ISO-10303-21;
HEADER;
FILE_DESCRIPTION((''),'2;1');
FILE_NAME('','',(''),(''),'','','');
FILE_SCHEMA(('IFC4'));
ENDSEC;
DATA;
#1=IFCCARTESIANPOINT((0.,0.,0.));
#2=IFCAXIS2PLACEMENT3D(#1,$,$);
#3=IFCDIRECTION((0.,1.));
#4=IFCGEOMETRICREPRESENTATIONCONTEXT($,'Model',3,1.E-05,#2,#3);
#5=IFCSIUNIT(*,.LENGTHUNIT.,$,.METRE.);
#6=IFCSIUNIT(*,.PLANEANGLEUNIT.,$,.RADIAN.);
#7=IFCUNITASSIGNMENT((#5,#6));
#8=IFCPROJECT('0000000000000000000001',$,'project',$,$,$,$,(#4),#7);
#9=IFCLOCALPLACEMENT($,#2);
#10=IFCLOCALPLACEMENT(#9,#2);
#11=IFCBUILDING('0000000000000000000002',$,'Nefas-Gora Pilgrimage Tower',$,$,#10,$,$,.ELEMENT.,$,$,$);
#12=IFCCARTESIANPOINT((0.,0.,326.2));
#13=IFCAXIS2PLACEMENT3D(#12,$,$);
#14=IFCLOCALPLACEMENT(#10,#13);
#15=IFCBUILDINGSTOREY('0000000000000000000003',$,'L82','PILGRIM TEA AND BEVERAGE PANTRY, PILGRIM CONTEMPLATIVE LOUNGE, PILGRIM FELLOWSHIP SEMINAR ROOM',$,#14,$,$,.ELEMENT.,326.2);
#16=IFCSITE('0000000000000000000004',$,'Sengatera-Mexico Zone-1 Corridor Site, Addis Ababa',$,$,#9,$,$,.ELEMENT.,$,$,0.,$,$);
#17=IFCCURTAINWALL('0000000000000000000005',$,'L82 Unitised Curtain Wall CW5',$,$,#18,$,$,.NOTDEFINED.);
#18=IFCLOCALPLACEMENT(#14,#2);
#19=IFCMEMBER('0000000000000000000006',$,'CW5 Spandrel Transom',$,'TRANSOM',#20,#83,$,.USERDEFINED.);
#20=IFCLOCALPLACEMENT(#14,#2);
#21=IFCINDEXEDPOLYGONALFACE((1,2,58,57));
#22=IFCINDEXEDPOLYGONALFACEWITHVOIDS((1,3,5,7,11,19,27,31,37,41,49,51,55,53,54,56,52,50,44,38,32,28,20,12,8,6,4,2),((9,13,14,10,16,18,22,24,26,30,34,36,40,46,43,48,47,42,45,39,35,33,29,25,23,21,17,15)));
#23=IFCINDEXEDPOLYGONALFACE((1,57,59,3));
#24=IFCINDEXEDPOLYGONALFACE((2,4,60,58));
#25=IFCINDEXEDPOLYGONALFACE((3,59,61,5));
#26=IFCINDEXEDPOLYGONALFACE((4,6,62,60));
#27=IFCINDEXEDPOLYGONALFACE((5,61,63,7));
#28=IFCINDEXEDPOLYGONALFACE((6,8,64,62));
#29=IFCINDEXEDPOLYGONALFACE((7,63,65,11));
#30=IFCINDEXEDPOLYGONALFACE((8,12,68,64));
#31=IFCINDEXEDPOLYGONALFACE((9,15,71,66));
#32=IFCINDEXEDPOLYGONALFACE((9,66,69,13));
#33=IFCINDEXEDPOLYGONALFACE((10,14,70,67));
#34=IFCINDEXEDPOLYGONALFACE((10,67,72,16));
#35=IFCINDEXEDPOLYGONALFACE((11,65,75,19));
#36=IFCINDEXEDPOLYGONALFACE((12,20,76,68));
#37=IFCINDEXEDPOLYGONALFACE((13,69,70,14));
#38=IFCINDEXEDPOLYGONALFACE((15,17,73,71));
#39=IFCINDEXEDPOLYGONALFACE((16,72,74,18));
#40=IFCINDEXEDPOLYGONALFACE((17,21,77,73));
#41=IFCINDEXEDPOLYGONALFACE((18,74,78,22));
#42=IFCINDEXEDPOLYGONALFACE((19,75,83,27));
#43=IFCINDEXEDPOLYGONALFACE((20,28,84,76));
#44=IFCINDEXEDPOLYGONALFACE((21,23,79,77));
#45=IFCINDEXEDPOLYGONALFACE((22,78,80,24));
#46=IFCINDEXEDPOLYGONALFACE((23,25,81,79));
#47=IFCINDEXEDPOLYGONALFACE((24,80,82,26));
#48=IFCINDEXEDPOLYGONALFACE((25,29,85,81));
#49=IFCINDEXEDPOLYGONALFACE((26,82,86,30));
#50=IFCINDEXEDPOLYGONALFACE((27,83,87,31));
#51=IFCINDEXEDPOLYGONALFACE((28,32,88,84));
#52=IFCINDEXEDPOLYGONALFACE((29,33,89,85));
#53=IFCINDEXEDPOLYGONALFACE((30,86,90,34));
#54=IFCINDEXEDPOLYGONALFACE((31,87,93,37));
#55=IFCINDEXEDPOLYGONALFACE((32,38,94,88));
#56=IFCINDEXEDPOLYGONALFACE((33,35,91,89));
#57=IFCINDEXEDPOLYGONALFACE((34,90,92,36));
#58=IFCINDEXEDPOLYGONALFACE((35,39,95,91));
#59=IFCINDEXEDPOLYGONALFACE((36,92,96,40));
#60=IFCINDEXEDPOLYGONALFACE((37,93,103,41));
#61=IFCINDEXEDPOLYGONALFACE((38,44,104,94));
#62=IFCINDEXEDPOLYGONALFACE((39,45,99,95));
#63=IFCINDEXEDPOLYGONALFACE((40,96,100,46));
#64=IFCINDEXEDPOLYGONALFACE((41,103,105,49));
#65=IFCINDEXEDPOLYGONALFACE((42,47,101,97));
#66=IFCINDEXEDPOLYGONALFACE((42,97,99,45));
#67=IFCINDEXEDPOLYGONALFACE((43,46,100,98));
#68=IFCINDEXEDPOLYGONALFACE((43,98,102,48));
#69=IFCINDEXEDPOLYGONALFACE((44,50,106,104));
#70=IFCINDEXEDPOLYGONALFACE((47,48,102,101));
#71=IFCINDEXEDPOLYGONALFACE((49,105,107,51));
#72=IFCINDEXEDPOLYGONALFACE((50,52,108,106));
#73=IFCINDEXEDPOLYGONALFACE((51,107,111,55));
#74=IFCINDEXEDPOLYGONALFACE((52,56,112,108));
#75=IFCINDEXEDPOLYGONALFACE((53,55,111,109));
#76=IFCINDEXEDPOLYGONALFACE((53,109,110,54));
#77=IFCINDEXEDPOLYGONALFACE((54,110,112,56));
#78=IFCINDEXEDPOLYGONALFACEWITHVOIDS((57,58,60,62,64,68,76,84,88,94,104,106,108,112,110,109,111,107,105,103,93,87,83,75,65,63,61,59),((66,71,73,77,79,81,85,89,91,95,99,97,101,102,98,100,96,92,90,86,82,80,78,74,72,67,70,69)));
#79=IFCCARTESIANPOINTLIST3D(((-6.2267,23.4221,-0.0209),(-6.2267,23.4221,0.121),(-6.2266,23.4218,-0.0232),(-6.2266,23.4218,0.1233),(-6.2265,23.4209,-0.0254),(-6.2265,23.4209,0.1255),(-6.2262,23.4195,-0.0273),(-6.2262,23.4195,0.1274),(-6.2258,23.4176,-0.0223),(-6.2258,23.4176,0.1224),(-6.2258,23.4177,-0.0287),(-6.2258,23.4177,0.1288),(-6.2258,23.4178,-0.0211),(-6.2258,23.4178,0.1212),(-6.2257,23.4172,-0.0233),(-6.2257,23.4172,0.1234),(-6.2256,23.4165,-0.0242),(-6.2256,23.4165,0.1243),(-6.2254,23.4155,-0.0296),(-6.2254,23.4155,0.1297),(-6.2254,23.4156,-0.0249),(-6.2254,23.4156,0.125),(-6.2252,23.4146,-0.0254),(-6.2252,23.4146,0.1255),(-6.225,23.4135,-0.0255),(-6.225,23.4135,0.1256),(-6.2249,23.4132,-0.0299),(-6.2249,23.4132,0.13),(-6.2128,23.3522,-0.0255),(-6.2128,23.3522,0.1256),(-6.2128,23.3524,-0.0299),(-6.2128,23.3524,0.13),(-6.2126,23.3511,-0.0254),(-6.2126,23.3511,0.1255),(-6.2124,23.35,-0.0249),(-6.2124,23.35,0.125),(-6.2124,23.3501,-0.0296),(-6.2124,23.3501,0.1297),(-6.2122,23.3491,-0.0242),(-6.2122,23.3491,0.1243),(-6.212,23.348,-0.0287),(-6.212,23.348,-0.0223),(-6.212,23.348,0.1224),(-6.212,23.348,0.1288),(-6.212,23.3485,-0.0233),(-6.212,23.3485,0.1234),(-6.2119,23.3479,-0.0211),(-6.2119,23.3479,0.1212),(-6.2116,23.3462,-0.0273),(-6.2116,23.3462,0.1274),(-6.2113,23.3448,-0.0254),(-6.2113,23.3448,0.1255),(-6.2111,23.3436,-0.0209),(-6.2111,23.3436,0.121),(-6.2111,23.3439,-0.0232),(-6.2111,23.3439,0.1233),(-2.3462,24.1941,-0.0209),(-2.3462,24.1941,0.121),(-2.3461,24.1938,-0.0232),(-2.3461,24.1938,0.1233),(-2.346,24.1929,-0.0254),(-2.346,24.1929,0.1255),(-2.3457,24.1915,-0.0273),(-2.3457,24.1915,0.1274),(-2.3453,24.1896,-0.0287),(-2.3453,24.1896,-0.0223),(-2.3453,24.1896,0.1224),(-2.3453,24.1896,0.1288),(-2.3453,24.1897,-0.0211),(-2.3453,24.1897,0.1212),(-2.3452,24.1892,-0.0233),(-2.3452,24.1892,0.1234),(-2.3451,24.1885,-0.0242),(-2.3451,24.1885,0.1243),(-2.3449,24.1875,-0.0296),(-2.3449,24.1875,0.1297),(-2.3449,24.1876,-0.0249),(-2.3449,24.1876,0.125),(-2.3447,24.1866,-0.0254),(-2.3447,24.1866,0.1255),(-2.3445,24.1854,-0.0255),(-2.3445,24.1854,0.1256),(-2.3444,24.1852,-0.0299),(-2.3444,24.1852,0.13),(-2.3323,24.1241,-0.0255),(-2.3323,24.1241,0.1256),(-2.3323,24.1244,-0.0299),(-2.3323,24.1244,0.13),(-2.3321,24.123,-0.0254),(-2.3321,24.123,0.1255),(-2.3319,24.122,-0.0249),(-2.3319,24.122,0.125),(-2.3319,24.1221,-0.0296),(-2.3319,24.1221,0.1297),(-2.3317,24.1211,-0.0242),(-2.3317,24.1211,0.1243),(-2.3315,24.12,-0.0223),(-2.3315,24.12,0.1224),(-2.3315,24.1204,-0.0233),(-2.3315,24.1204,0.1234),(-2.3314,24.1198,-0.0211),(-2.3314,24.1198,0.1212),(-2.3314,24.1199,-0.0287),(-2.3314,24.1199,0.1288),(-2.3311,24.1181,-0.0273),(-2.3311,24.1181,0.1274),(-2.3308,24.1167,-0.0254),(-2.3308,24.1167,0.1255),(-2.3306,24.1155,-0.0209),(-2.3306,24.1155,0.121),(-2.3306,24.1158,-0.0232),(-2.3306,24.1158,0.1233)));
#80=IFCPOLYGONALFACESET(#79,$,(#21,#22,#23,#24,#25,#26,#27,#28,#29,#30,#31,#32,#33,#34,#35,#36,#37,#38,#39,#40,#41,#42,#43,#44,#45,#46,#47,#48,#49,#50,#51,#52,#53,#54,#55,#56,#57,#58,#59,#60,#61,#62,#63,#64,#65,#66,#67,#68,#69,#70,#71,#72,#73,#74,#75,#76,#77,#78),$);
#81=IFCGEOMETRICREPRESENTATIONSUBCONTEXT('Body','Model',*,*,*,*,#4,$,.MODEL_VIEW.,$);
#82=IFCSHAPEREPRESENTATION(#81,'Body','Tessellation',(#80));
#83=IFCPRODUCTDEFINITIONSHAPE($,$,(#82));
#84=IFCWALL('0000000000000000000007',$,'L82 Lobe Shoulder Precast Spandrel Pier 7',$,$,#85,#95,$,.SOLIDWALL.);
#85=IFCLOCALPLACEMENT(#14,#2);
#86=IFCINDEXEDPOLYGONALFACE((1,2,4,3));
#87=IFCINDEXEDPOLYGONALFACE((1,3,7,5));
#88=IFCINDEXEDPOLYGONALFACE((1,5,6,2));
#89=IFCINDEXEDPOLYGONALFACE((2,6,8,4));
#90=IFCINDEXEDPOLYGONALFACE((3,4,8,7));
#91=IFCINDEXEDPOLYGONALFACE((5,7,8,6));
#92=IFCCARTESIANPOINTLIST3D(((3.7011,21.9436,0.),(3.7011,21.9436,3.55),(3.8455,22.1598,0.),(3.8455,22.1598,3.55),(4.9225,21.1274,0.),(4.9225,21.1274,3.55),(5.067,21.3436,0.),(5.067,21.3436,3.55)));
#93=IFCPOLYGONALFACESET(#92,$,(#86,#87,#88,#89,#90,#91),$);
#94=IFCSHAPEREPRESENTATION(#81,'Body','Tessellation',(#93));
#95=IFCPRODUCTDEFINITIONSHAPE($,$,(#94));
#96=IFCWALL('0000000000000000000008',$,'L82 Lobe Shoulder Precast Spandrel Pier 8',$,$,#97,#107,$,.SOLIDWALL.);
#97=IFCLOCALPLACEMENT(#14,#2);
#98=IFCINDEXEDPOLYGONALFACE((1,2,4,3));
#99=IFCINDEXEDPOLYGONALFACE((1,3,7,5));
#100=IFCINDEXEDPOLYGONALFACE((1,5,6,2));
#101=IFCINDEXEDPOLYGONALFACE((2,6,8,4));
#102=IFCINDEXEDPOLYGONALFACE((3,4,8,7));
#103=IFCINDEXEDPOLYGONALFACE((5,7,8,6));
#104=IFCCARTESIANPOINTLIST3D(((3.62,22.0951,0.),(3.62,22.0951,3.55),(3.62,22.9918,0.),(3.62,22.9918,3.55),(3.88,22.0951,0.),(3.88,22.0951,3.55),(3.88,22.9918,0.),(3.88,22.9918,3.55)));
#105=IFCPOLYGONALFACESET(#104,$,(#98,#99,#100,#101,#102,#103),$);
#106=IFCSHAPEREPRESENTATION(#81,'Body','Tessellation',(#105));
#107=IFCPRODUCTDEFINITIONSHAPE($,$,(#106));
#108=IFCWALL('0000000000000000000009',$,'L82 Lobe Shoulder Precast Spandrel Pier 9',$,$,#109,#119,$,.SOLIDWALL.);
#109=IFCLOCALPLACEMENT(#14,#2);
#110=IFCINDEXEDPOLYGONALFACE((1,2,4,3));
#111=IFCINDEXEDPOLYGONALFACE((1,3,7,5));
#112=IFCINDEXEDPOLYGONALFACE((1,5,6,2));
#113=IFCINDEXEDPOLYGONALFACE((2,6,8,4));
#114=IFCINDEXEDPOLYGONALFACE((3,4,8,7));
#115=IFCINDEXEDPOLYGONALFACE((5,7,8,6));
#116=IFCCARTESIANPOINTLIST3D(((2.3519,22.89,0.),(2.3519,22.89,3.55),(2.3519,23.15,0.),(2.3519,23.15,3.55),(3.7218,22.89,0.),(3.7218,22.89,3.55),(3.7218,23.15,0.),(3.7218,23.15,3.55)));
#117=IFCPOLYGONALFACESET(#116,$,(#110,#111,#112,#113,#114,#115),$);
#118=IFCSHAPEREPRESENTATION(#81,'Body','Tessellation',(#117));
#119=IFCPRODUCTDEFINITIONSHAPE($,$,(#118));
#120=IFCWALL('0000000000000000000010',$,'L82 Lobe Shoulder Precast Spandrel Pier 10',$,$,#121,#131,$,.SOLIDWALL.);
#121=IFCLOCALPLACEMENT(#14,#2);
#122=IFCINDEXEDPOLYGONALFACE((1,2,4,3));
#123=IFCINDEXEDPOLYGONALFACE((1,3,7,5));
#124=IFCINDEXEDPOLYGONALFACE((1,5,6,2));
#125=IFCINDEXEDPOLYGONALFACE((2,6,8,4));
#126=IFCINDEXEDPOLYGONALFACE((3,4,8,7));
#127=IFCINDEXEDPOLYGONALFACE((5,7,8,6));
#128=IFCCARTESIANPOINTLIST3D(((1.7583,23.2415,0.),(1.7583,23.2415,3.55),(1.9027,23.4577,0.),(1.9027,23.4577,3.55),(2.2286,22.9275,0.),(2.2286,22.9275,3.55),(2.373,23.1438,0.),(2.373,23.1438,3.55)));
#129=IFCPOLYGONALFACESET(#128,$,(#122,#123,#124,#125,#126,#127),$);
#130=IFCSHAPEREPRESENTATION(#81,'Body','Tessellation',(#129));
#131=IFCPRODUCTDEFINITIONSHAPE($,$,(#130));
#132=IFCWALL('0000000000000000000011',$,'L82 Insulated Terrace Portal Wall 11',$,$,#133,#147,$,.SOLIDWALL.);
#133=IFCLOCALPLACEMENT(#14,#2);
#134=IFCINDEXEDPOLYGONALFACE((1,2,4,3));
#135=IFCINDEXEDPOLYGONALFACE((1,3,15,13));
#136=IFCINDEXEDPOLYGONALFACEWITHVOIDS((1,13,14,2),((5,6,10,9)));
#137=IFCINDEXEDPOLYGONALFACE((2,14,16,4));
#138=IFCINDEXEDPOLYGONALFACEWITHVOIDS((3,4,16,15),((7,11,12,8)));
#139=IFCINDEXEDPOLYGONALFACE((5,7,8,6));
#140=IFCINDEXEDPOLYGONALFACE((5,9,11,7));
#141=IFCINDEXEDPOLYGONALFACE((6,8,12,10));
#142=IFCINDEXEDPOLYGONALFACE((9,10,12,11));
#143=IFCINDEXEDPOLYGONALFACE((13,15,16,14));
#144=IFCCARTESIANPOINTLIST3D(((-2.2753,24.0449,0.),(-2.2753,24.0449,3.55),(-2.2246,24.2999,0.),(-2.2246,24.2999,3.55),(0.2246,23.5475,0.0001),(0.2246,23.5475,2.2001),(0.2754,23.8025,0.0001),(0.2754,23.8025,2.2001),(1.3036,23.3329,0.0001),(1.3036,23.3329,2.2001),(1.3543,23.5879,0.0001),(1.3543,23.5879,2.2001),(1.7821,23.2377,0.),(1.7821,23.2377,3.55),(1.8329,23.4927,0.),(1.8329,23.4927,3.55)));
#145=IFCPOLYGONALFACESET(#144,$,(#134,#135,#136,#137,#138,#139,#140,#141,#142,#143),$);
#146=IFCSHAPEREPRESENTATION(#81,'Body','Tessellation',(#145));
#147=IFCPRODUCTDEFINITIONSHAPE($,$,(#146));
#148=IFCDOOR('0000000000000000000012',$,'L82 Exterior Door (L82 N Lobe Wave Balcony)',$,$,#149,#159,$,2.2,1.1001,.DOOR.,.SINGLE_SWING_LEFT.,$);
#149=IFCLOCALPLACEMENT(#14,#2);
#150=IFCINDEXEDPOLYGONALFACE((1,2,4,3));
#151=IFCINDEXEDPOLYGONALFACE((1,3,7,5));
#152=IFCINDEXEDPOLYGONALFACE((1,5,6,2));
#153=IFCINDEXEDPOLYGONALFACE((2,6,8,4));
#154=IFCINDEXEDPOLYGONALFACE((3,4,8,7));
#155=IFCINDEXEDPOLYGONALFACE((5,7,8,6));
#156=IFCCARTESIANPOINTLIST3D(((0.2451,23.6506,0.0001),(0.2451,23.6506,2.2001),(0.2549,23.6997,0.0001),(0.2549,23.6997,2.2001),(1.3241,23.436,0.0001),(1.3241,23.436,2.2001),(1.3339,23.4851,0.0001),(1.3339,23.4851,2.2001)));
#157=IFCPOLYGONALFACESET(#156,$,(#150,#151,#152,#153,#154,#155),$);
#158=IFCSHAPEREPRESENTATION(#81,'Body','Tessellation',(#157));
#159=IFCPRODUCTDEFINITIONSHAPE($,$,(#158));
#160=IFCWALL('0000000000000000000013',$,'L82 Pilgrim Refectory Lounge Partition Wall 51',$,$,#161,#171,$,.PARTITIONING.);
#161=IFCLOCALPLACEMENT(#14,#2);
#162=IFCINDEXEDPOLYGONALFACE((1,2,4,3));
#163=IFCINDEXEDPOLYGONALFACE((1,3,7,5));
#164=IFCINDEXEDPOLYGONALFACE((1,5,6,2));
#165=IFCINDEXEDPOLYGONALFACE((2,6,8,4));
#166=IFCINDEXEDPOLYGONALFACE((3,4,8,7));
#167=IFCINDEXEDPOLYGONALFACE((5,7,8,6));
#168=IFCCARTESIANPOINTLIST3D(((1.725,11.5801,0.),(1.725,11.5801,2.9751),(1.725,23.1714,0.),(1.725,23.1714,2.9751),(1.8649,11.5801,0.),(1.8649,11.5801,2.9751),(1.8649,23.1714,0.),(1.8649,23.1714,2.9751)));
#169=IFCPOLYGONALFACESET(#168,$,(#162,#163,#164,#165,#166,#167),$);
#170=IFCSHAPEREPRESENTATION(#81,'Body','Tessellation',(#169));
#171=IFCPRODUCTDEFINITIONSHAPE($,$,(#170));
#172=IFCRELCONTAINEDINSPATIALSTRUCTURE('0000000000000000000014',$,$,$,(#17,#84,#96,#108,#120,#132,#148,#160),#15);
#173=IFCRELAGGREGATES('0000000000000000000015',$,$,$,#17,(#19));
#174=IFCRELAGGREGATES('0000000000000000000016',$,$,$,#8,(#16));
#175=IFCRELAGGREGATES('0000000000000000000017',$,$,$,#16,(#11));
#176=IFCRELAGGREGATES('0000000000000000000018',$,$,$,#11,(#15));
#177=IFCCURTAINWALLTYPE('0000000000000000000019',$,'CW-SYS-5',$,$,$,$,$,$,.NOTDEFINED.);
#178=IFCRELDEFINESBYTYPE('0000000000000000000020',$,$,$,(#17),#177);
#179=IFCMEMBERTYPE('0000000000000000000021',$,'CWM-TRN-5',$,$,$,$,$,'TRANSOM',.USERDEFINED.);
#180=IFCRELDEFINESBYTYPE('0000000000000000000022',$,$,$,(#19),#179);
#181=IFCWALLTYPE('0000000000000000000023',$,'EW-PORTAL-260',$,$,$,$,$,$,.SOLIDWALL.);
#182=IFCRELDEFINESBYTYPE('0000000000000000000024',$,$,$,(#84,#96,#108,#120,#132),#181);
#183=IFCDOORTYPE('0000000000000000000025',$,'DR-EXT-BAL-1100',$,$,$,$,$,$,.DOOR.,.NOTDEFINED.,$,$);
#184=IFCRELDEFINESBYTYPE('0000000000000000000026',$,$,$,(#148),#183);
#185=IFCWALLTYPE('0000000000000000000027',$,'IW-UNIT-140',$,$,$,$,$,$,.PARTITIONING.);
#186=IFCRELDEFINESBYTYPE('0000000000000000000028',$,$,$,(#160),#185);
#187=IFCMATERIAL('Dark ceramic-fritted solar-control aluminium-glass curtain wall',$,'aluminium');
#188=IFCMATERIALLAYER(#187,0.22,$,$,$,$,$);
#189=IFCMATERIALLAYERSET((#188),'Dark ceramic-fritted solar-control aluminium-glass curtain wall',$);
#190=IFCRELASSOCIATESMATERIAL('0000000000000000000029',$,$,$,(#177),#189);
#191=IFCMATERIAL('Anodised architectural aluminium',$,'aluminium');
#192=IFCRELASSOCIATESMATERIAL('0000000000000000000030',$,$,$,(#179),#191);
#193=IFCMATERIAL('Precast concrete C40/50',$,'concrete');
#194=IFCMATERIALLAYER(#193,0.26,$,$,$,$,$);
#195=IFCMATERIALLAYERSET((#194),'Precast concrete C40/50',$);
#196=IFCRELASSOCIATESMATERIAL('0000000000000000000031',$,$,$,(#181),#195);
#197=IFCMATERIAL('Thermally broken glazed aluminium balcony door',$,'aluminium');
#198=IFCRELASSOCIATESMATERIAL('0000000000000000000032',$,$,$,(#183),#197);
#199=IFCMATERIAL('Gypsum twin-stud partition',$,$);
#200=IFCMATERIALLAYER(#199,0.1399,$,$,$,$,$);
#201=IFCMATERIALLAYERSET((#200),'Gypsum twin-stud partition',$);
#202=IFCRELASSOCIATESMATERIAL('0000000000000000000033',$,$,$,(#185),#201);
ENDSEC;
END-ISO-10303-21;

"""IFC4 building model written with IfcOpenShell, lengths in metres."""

from ifc_helpers import new_model, si_unit, direction, frame, frame_2d, origin, origin_2d, place, context, subcontext, project, spatial, rectangle, hollow_rectangle, extrude, source, transform, mapped, material, layer, layer_set, material_profile, profile_set, type_object, element, fill, aggregate, save


model = new_model("IFC4")

# Units and contexts
model_context = context("Model", 3, precision=1e-05, world=origin(), true_north=direction((0.0, 1.0)))
body_context = subcontext(model_context, "Body", "Model", "MODEL_VIEW")
ifc_project = project(units=[si_unit("LENGTHUNIT", "METRE"), si_unit("PLANEANGLEUNIT", "RADIAN")], contexts=[model_context])

# Site, building, storey
site_placement = place(None, origin())
site = spatial("IfcSite", under=ifc_project, at=site_placement, Name="Sengatera-Mexico Zone-1 Corridor Site, Addis Ababa", CompositionType="ELEMENT", RefElevation=0.0)
building_placement = place(site_placement, origin())
building = spatial("IfcBuilding", under=site, at=building_placement, Name="Nefas-Gora Pilgrimage Tower", CompositionType="ELEMENT")
storey_placement = place(building_placement, frame((0.0, 0.0, 326.2)))
storey = spatial("IfcBuildingStorey", under=building, at=storey_placement, Name="L82", Description="PILGRIM TEA AND BEVERAGE PANTRY, PILGRIM CONTEMPLATIVE LOUNGE, PILGRIM FELLOWSHIP SEMINAR ROOM", CompositionType="ELEMENT", Elevation=326.2)

# Shared definitions
ifc_material_1 = material(Name="Dark ceramic-fritted solar-control aluminium-glass curtain wall", Category="aluminium")
ifc_layer_1 = layer(ifc_material_1, 0.22)
ifc_layer_set_1 = layer_set([ifc_layer_1], Name="Dark ceramic-fritted solar-control aluminium-glass curtain wall")
curtain_wall_type = type_object("IfcCurtainWallType", Name="CW-SYS-5", PredefinedType="NOTDEFINED", material=ifc_layer_set_1)
ifc_material_2 = material(Name="Anodised architectural aluminium", Category="aluminium")

# Curtain wall, member
curtain_wall_1_placement = place(storey_placement, origin())
curtain_wall_1 = element("IfcCurtainWall", 1, at=curtain_wall_1_placement, inside=storey, type_object=curtain_wall_type, Name="L82 Unitised Curtain Wall CW5", PredefinedType="NOTDEFINED")
ifc_material_profile_1 = material_profile(ifc_material_2, hollow_rectangle(XDim=0.0801, YDim=0.1599, WallThickness=0.0044, InnerFilletRadius=0.0044, OuterFilletRadius=0.009, at=origin_2d()), Name="ALU TRANSOM 80x160")
ifc_profile_set_1 = profile_set([ifc_material_profile_1], Name="Anodised architectural aluminium")
member_type_1 = type_object("IfcMemberType", Name="CWM-TRN-5", ElementType="TRANSOM", PredefinedType="USERDEFINED", material=ifc_profile_set_1)
shared_shape_1 = source(origin(), body_context, "Body", "SweptSolid", [
    extrude(hollow_rectangle(XDim=0.0801, YDim=0.1599, WallThickness=0.0044, InnerFilletRadius=0.0044, OuterFilletRadius=0.009, at=origin_2d()), origin(), (0.0, 0.0, 1.0), 3.9565),
])
member_1_placement = place(storey_placement, frame((-2.3384, 24.1548, 0.05), z_axis=(-0.980782, -0.195107, 0.0), x_axis=(0.195107, -0.980782, 0.0)))
member_1 = element("IfcMember", 2, at=member_1_placement, type_object=member_type_1, Name="CW5 Spandrel Transom", ObjectType="TRANSOM", PredefinedType="USERDEFINED", context=body_context, shape_type="MappedRepresentation", body=[
    mapped(shared_shape_1, transform((0.0, 0.0, 0.0), x_axis=(1.0, 0.0, 0.0), y_axis=(0.0, 1.0, 0.0), z_axis=(0.0, 0.0, 1.0), scale=1.0)),
])
aggregate(curtain_wall_1, [member_1])

# Walls
ifc_material_3 = material(Name="Precast concrete C40/50", Category="concrete")
ifc_layer_2 = layer(ifc_material_3, 0.26)
ifc_layer_set_2 = layer_set([ifc_layer_2], Name="Precast concrete C40/50")
wall_type_1 = type_object("IfcWallType", Name="EW-PORTAL-260", PredefinedType="SOLIDWALL", material=ifc_layer_set_2)
shared_shape_2 = source(origin(), body_context, "Body", "SweptSolid", [
    extrude(rectangle(XDim=1.469, YDim=0.26, at=frame_2d((0.7344, 0.0))), origin(), (0.0, 0.0, 1.0), 3.55),
])
wall_1_placement = place(storey_placement, frame((4.9946, 21.2356, 0.0), z_axis=(0.0, 0.0, 1.0), x_axis=(-0.831462, 0.555582, 0.0)))
element("IfcWall", 3, at=wall_1_placement, inside=storey, type_object=wall_type_1, Name="L82 Lobe Shoulder Precast Spandrel Pier 7", PredefinedType="SOLIDWALL", context=body_context, shape_type="MappedRepresentation", body=[
    mapped(shared_shape_2, transform((0.0, 0.0, 0.0), x_axis=(1.0, 0.0, 0.0), y_axis=(0.0, 1.0, 0.0), z_axis=(0.0, 0.0, 1.0), scale=1.0)),
])
shared_shape_3 = source(origin(), body_context, "Body", "SweptSolid", [
    extrude(rectangle(XDim=0.8967, YDim=0.26, at=frame_2d((0.4482, 0.0))), origin(), (0.0, 0.0, 1.0), 3.55),
])
wall_2_placement = place(storey_placement, frame((3.75, 22.0952, 0.0), z_axis=(0.0, 0.0, 1.0), x_axis=(0.0, 1.0, 0.0)))
element("IfcWall", 4, at=wall_2_placement, inside=storey, type_object=wall_type_1, Name="L82 Lobe Shoulder Precast Spandrel Pier 8", PredefinedType="SOLIDWALL", context=body_context, shape_type="MappedRepresentation", body=[
    mapped(shared_shape_3, transform((0.0, 0.0, 0.0), x_axis=(1.0, 0.0, 0.0), y_axis=(0.0, 1.0, 0.0), z_axis=(0.0, 0.0, 1.0), scale=1.0)),
])
shared_shape_4 = source(origin(), body_context, "Body", "SweptSolid", [
    extrude(rectangle(XDim=1.3699, YDim=0.26, at=frame_2d((0.6851, 0.0))), origin(), (0.0, 0.0, 1.0), 3.55),
])
wall_3_placement = place(storey_placement, frame((3.7219, 23.02, 0.0), z_axis=(0.0, 0.0, 1.0), x_axis=(-1.0, 0.0, 0.0)))
element("IfcWall", 5, at=wall_3_placement, inside=storey, type_object=wall_type_1, Name="L82 Lobe Shoulder Precast Spandrel Pier 9", PredefinedType="SOLIDWALL", context=body_context, shape_type="MappedRepresentation", body=[
    mapped(shared_shape_4, transform((0.0, 0.0, 0.0), x_axis=(1.0, 0.0, 0.0), y_axis=(0.0, 1.0, 0.0), z_axis=(0.0, 0.0, 1.0), scale=1.0)),
])
shared_shape_5 = source(origin(), body_context, "Body", "SweptSolid", [
    extrude(rectangle(XDim=0.5654, YDim=0.26, at=frame_2d((0.2827, 0.0))), origin(), (0.0, 0.0, 1.0), 3.55),
])
wall_4_placement = place(storey_placement, frame((2.3008, 23.0356, 0.0), z_axis=(0.0, 0.0, 1.0), x_axis=(-0.831651, 0.555298, 0.0)))
element("IfcWall", 6, at=wall_4_placement, inside=storey, type_object=wall_type_1, Name="L82 Lobe Shoulder Precast Spandrel Pier 10", PredefinedType="SOLIDWALL", context=body_context, shape_type="MappedRepresentation", body=[
    mapped(shared_shape_5, transform((0.0, 0.0, 0.0), x_axis=(1.0, 0.0, 0.0), y_axis=(0.0, 1.0, 0.0), z_axis=(0.0, 0.0, 1.0), scale=1.0)),
])

# Wall, opening, door
shared_shape_6 = source(origin(), body_context, "Body", "SweptSolid", [
    extrude(rectangle(XDim=4.137, YDim=0.26, at=frame_2d((2.0684, 0.0))), origin(), (0.0, 0.0, 1.0), 3.55),
])
wall_5_placement = place(storey_placement, frame((1.8074, 23.3652, 0.0), z_axis=(0.0, 0.0, 1.0), x_axis=(-0.980782, 0.195106, 0.0)))
wall_5 = element("IfcWall", 7, at=wall_5_placement, inside=storey, type_object=wall_type_1, Name="L82 Insulated Terrace Portal Wall 11", PredefinedType="SOLIDWALL", context=body_context, shape_type="MappedRepresentation", body=[
    mapped(shared_shape_6, transform((0.0, 0.0, 0.0), x_axis=(1.0, 0.0, 0.0), y_axis=(0.0, 1.0, 0.0), z_axis=(0.0, 0.0, 1.0), scale=1.0)),
])
opening_placement = place(wall_5_placement, frame((0.4878, 0.0, 0.0)))
opening = element("IfcOpeningElement", 8, at=opening_placement, cuts=wall_5, PredefinedType="OPENING", context=body_context, shape_type="SweptSolid", body=[
    extrude(rectangle(XDim=1.1001, YDim=2.2, at=frame_2d((0.55, 1.1001))), frame((0.0, 0.1399, 0.0), z_axis=(0.0, -1.0, 0.0), x_axis=(1.0, 0.0, 0.0)), (0.0, 0.0, 1.0), 0.28),
])
ifc_material_4 = material(Name="Thermally broken glazed aluminium balcony door", Category="aluminium")
door_type = type_object("IfcDoorType", Name="DR-EXT-BAL-1100", OperationType="NOTDEFINED", PredefinedType="DOOR", material=ifc_material_4)
shared_shape_7 = source(origin(), body_context, "Body", "SweptSolid", [
    extrude(rectangle(XDim=1.1001, YDim=2.2, at=frame_2d((0.55, 1.1001))), frame((0.0, 0.0249, 0.0), z_axis=(0.0, -1.0, 0.0), x_axis=(1.0, 0.0, 0.0)), (0.0, 0.0, 1.0), 0.05),
])
door_placement = place(opening_placement, origin())
door = element("IfcDoor", 9, at=door_placement, inside=storey, type_object=door_type, Name="L82 Exterior Door (L82 N Lobe Wave Balcony)", OperationType="SINGLE_SWING_LEFT", OverallHeight=2.2, OverallWidth=1.1001, PredefinedType="DOOR", context=body_context, shape_type="MappedRepresentation", body=[
    mapped(shared_shape_7, transform((0.0, 0.0, 0.0), x_axis=(1.0, 0.0, 0.0), y_axis=(0.0, 1.0, 0.0), z_axis=(0.0, 0.0, 1.0), scale=1.0)),
])
fill(opening, door)

# Wall
ifc_material_5 = material(Name="Gypsum twin-stud partition")
ifc_layer_3 = layer(ifc_material_5, 0.1399)
ifc_layer_set_3 = layer_set([ifc_layer_3], Name="Gypsum twin-stud partition")
wall_type_2 = type_object("IfcWallType", Name="IW-UNIT-140", PredefinedType="PARTITIONING", material=ifc_layer_set_3)
shared_shape_8 = source(origin(), body_context, "Body", "SweptSolid", [
    extrude(rectangle(XDim=11.5913, YDim=0.1399, at=frame_2d((5.7957, 0.0))), origin(), (0.0, 0.0, 1.0), 2.9751),
])
wall_6_placement = place(storey_placement, frame((1.7949, 11.5801, 0.0), z_axis=(0.0, 0.0, 1.0), x_axis=(0.0, 1.0, 0.0)))
element("IfcWall", 10, at=wall_6_placement, inside=storey, type_object=wall_type_2, Name="L82 Pilgrim Refectory Lounge Partition Wall 51", PredefinedType="PARTITIONING", context=body_context, shape_type="MappedRepresentation", body=[
    mapped(shared_shape_8, transform((0.0, 0.0, 0.0), x_axis=(1.0, 0.0, 0.0), y_axis=(0.0, 1.0, 0.0), z_axis=(0.0, 0.0, 1.0), scale=1.0)),
])

save(model, "model.ifc")
